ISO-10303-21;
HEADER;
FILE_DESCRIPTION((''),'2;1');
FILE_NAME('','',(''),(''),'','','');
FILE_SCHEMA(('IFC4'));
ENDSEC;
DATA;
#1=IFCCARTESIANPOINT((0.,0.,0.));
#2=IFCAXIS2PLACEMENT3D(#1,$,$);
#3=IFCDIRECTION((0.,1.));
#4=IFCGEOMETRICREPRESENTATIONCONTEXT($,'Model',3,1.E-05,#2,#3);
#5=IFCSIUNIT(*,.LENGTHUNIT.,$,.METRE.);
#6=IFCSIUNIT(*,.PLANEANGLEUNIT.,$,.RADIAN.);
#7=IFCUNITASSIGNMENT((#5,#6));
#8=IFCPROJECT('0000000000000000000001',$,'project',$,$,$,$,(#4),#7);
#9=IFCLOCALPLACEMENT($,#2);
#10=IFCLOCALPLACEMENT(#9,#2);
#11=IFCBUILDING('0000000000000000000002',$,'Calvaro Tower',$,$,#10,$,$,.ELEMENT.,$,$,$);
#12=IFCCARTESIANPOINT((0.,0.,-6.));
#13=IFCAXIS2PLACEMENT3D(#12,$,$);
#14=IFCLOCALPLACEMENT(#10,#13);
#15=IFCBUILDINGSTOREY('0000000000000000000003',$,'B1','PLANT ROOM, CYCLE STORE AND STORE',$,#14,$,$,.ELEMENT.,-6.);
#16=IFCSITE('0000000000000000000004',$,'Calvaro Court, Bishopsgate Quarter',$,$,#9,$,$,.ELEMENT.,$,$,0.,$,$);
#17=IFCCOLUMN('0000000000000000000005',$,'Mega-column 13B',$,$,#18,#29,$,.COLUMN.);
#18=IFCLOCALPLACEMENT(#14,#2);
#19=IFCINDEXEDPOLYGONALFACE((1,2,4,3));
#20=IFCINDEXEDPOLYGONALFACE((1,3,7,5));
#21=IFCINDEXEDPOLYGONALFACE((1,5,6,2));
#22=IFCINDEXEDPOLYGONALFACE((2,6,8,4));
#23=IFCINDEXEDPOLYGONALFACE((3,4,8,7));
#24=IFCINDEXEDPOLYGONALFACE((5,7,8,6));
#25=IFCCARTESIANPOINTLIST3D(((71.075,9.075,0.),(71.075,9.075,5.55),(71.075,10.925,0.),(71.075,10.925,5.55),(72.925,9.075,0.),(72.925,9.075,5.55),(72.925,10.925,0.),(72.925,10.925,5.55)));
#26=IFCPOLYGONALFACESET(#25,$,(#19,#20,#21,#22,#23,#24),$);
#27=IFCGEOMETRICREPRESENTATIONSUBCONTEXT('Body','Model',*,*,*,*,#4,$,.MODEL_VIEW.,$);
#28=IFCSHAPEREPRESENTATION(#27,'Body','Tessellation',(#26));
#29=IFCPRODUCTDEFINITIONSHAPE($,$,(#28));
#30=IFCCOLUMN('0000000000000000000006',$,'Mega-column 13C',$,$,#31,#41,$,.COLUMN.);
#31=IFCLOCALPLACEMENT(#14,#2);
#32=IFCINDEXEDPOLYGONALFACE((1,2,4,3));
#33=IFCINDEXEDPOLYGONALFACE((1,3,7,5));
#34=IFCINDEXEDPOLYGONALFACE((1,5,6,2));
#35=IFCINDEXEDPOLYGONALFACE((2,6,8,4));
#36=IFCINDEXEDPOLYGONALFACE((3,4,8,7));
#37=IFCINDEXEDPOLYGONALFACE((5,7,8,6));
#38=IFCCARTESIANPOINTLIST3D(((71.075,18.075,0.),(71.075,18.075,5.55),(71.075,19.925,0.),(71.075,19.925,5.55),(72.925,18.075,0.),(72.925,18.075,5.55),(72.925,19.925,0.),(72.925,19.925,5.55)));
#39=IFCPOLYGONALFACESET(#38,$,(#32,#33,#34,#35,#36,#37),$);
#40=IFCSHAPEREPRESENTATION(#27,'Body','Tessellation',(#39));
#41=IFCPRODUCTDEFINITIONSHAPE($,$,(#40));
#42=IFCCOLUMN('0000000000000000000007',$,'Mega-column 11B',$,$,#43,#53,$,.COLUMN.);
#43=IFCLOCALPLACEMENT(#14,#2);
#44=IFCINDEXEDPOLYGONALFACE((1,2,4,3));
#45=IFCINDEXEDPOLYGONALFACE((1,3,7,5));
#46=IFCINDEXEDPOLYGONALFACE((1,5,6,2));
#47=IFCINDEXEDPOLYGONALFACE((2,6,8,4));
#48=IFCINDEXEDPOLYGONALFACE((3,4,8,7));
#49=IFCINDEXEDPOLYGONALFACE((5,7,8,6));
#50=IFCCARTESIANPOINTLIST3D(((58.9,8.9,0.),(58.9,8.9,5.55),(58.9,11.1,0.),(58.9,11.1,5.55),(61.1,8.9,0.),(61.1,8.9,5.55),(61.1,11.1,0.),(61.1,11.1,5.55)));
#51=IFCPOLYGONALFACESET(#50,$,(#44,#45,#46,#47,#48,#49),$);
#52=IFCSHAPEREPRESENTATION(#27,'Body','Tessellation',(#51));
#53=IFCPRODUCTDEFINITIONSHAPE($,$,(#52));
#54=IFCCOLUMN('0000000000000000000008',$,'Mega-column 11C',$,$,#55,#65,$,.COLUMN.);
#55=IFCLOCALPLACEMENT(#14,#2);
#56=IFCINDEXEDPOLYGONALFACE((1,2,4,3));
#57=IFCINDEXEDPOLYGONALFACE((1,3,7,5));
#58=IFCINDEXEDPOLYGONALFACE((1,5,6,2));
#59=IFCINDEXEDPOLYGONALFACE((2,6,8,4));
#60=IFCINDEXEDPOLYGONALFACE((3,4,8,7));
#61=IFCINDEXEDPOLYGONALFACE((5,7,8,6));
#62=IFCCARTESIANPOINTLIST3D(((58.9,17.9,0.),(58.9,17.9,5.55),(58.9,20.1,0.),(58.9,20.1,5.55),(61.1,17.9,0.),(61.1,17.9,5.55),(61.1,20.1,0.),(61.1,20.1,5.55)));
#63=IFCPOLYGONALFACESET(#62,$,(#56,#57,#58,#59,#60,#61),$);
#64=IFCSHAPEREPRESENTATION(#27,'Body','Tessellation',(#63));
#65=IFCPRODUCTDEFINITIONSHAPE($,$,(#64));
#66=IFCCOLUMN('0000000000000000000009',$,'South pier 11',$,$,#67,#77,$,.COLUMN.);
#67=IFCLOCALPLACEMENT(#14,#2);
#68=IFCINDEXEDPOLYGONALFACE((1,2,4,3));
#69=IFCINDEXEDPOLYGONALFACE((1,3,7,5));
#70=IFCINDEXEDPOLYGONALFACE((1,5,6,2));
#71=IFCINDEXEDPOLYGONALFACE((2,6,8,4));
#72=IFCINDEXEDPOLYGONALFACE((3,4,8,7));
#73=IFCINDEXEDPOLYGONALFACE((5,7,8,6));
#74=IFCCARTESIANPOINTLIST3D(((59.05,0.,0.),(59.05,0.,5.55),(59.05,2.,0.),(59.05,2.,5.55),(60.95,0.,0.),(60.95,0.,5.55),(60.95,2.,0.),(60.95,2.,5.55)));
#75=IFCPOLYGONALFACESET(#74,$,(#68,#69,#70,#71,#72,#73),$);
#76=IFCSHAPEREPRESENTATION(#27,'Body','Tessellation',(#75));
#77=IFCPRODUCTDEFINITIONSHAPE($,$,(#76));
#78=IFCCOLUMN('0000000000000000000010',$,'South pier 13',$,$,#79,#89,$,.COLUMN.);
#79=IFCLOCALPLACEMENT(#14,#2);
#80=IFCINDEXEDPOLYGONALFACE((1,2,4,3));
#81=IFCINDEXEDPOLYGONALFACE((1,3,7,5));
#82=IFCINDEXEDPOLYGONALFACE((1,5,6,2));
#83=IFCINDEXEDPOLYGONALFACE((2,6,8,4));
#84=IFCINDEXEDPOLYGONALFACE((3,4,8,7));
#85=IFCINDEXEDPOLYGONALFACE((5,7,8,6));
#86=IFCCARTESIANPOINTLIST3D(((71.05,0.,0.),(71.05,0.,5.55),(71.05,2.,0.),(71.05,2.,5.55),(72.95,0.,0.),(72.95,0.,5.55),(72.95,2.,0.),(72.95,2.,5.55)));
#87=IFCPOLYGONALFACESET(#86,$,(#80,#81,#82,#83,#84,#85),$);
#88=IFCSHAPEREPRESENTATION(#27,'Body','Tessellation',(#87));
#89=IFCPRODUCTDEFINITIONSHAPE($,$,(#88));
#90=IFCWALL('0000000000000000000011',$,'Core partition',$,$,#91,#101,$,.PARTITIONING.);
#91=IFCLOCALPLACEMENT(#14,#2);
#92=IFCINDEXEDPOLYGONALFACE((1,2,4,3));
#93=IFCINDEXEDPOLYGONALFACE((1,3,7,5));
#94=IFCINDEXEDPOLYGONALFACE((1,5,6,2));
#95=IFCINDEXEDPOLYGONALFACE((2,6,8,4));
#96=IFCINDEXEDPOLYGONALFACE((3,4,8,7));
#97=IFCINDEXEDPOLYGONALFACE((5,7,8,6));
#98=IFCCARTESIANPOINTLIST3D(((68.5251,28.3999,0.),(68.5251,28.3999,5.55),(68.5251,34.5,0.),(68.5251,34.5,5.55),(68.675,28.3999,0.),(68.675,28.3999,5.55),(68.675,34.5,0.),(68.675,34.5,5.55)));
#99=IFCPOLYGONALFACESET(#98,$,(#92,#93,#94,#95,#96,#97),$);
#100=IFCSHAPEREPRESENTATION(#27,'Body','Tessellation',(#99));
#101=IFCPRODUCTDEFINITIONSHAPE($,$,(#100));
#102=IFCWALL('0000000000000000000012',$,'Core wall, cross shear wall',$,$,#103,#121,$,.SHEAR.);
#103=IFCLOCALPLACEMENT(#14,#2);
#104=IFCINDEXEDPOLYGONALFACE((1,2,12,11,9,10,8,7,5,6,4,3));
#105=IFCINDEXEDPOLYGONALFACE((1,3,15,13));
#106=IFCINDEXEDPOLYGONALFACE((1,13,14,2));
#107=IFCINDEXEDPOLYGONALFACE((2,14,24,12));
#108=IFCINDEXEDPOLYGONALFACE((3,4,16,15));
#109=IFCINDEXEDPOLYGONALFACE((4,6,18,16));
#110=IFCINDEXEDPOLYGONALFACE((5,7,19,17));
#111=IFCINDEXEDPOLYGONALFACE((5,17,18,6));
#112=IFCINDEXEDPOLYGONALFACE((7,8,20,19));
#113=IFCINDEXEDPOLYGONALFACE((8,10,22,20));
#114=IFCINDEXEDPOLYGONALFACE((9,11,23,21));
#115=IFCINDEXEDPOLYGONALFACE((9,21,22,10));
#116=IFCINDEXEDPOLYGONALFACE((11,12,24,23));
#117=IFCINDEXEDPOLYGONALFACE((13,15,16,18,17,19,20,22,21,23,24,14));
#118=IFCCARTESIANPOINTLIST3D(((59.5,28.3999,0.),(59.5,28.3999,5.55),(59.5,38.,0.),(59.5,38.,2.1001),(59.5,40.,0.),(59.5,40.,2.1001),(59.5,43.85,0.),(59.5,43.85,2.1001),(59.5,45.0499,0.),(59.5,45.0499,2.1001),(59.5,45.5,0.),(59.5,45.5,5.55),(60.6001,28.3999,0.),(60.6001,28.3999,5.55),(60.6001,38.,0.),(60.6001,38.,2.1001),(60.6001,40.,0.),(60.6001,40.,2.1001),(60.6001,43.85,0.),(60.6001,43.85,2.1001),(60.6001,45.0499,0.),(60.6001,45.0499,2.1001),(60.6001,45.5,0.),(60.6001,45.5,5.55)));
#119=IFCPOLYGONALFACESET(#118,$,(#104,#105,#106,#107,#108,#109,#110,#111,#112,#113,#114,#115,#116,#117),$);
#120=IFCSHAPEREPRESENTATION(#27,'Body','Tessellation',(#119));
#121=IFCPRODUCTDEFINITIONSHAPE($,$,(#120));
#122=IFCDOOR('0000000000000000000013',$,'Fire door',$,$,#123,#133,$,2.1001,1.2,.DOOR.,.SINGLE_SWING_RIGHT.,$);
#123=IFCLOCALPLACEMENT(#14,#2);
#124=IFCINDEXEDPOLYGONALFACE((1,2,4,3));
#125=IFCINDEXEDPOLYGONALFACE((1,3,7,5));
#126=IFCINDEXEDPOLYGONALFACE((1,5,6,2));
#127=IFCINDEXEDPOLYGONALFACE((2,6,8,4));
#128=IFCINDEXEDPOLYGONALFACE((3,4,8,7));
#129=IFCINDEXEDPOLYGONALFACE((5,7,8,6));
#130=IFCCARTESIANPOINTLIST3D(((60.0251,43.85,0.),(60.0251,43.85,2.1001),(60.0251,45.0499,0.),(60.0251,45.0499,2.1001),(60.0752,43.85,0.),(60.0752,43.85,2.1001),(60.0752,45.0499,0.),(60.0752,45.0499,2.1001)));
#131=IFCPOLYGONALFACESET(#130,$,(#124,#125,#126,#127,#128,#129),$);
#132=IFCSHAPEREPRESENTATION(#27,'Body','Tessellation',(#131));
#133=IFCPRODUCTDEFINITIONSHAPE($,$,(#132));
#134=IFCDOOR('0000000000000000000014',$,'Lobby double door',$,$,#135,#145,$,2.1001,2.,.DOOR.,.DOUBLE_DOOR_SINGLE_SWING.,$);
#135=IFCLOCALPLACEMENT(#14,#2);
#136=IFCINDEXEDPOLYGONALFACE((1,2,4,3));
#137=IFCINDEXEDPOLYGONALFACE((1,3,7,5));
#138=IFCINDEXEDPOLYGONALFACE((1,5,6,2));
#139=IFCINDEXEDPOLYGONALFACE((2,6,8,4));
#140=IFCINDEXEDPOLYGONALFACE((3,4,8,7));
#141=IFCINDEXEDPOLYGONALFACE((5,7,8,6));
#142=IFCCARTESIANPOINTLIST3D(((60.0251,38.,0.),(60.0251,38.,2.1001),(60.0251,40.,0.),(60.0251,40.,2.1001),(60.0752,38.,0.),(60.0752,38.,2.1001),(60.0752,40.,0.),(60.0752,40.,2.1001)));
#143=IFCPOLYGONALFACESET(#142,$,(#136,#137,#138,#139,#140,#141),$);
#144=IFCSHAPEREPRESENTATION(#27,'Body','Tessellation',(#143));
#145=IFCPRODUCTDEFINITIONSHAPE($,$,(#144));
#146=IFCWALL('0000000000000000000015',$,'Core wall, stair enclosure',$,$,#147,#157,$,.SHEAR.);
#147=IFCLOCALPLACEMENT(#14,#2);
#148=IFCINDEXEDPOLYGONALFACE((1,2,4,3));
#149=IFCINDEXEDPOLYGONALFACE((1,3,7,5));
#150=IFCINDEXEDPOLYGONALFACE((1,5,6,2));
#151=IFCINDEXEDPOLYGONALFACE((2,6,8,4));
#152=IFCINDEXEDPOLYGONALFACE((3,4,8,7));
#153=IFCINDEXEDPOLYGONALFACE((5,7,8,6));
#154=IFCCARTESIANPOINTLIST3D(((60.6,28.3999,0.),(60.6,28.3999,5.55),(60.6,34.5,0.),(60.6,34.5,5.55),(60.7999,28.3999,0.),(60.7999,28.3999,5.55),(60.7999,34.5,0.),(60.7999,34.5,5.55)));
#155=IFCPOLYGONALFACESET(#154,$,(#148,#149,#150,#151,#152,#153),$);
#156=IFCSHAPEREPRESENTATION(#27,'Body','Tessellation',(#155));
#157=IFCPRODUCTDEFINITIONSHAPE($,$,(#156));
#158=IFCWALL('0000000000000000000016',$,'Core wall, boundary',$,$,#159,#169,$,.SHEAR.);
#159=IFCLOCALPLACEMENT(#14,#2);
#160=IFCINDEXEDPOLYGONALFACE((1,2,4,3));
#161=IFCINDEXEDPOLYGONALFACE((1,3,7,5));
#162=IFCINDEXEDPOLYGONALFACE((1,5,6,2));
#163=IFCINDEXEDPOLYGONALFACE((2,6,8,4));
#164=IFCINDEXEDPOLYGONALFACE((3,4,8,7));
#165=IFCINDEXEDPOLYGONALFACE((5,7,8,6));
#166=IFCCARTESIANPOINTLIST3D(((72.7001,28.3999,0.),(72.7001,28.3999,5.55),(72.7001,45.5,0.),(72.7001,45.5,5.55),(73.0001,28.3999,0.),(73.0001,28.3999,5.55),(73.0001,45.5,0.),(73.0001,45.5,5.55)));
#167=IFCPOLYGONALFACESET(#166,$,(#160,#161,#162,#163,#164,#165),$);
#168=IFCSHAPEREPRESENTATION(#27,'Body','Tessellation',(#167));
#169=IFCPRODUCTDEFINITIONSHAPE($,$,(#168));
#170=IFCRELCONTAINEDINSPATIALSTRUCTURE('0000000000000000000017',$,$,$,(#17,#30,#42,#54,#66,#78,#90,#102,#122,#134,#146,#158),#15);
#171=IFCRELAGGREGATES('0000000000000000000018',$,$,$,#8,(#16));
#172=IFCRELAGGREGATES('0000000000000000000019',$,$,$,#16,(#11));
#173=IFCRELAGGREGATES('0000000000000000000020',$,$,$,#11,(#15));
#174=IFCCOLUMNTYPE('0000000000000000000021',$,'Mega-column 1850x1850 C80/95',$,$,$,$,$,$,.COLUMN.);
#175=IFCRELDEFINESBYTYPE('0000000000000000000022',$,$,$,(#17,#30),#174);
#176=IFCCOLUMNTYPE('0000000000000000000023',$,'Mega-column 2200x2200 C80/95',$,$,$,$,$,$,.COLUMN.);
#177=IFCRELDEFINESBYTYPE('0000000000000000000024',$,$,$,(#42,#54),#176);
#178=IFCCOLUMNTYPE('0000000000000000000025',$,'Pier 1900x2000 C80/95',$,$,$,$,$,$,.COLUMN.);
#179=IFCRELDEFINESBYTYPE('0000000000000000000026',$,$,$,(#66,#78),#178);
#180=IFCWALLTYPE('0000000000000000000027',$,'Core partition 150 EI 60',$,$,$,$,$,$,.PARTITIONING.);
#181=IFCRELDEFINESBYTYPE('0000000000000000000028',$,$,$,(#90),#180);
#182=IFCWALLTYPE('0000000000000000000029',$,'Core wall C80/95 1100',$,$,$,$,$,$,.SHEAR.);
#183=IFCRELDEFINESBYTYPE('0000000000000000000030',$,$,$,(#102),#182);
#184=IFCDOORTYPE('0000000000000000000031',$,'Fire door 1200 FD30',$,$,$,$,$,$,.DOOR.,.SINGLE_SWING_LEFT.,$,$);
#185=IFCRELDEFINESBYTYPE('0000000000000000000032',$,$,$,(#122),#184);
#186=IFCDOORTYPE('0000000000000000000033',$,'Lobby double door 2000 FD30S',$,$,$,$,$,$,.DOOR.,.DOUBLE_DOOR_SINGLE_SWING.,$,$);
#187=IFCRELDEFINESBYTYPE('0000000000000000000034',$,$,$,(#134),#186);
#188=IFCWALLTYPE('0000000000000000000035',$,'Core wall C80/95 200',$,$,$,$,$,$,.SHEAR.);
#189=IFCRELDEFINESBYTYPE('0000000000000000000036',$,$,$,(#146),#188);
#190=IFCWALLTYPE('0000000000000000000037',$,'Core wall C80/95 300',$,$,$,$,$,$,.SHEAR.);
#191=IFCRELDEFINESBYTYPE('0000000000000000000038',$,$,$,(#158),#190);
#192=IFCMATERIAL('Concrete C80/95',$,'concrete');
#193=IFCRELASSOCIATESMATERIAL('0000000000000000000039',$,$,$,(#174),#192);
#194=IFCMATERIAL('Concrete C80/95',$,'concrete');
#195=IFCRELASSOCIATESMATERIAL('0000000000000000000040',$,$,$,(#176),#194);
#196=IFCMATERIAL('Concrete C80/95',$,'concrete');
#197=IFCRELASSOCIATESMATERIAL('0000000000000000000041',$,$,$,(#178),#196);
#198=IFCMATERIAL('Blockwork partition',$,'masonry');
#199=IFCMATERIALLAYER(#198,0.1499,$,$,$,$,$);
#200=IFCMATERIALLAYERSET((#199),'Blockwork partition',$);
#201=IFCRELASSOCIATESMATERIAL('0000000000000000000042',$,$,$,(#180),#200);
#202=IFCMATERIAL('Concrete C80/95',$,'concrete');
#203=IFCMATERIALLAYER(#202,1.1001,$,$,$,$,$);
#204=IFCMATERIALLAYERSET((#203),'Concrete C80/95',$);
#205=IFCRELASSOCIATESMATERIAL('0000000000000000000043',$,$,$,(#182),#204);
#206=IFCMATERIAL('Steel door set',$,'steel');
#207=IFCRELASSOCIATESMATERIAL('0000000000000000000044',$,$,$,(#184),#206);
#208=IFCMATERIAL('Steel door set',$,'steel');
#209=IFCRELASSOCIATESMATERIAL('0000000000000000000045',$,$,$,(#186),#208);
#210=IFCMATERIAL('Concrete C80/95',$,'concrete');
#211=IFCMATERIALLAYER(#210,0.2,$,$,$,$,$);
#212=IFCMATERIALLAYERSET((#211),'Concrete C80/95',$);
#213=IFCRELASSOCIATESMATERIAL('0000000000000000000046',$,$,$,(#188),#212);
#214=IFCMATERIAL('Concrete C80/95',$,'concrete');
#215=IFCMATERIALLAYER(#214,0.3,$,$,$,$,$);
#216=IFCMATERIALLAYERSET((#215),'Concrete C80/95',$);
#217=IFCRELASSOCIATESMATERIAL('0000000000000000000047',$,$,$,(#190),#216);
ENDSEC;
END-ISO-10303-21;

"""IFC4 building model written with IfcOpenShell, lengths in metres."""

from ifc_helpers import new_model, si_unit, direction, frame, frame_2d, origin, origin_2d, place, context, subcontext, project, spatial, rectangle, extrude, material, layer, layer_set, material_profile, profile_set, type_object, element, fill, save


model = new_model("IFC4")

# Units and contexts
model_context = context("Model", 3, precision=1e-05, world=origin(), true_north=direction((0.0, 1.0)))
body_context = subcontext(model_context, "Body", "Model", "MODEL_VIEW")
ifc_project = project(units=[si_unit("LENGTHUNIT", "METRE"), si_unit("PLANEANGLEUNIT", "RADIAN")], contexts=[model_context])

# Site, building, storey
site_placement = place(None, origin())
site = spatial("IfcSite", under=ifc_project, at=site_placement, Name="Calvaro Court, Bishopsgate Quarter", CompositionType="ELEMENT", RefElevation=0.0)
building_placement = place(site_placement, origin())
building = spatial("IfcBuilding", under=site, at=building_placement, Name="Calvaro Tower", CompositionType="ELEMENT")
storey_placement = place(building_placement, frame((0.0, 0.0, -6.0)))
storey = spatial("IfcBuildingStorey", under=building, at=storey_placement, Name="B1", Description="PLANT ROOM, CYCLE STORE AND STORE", CompositionType="ELEMENT", Elevation=-6.0)

# Columns
ifc_material_1 = material(Name="Concrete C80/95", Category="concrete")
ifc_material_profile_1 = material_profile(ifc_material_1, rectangle(XDim=1.8501, YDim=1.8501, at=origin_2d()), Name="RC 1850x1850")
ifc_profile_set_1 = profile_set([ifc_material_profile_1], Name="Concrete C80/95")
column_type_1 = type_object("IfcColumnType", Name="Mega-column 1850x1850 C80/95", PredefinedType="COLUMN", material=ifc_profile_set_1)
for number, where, z_axis, x_axis, name in (
    (1, (72.0, 10.0, 0.0), (0.0, 0.0, 1.0), (1.0, 0.0, 0.0), "Mega-column 13B"),
    (2, (72.0, 19.0, 0.0), (0.0, 0.0, 1.0), (1.0, 0.0, 0.0), "Mega-column 13C"),
):
    element("IfcColumn", number, at=place(storey_placement, frame(where, z_axis=z_axis, x_axis=x_axis)), inside=storey, type_object=column_type_1, Name=name, PredefinedType="COLUMN", context=body_context, shape_type="SweptSolid", body=[
        extrude(rectangle(XDim=1.8501, YDim=1.8501, at=origin_2d()), origin(), (0.0, 0.0, 1.0), 5.55),
    ])
ifc_material_2 = material(Name="Concrete C80/95", Category="concrete")
ifc_material_profile_2 = material_profile(ifc_material_2, rectangle(XDim=2.2, YDim=2.2, at=origin_2d()), Name="RC 2200x2200")
ifc_profile_set_2 = profile_set([ifc_material_profile_2], Name="Concrete C80/95")
column_type_2 = type_object("IfcColumnType", Name="Mega-column 2200x2200 C80/95", PredefinedType="COLUMN", material=ifc_profile_set_2)
for number, where, z_axis, x_axis, name in (
    (3, (60.0, 10.0, 0.0), (0.0, 0.0, 1.0), (1.0, 0.0, 0.0), "Mega-column 11B"),
    (4, (60.0, 19.0, 0.0), (0.0, 0.0, 1.0), (1.0, 0.0, 0.0), "Mega-column 11C"),
):
    element("IfcColumn", number, at=place(storey_placement, frame(where, z_axis=z_axis, x_axis=x_axis)), inside=storey, type_object=column_type_2, Name=name, PredefinedType="COLUMN", context=body_context, shape_type="SweptSolid", body=[
        extrude(rectangle(XDim=2.2, YDim=2.2, at=origin_2d()), origin(), (0.0, 0.0, 1.0), 5.55),
    ])
ifc_material_3 = material(Name="Concrete C80/95", Category="concrete")
ifc_material_profile_3 = material_profile(ifc_material_3, rectangle(XDim=1.8999, YDim=2.0, at=origin_2d()), Name="RC 1900x2000")
ifc_profile_set_3 = profile_set([ifc_material_profile_3], Name="Concrete C80/95")
column_type_3 = type_object("IfcColumnType", Name="Pier 1900x2000 C80/95", PredefinedType="COLUMN", material=ifc_profile_set_3)
for number, where, z_axis, x_axis, name in (
    (5, (60.0, 1.0, 0.0), (0.0, 0.0, 1.0), (1.0, 0.0, 0.0), "South pier 11"),
    (6, (72.0, 1.0, 0.0), (0.0, 0.0, 1.0), (1.0, 0.0, 0.0), "South pier 13"),
):
    element("IfcColumn", number, at=place(storey_placement, frame(where, z_axis=z_axis, x_axis=x_axis)), inside=storey, type_object=column_type_3, Name=name, PredefinedType="COLUMN", context=body_context, shape_type="SweptSolid", body=[
        extrude(rectangle(XDim=1.8999, YDim=2.0, at=origin_2d()), origin(), (0.0, 0.0, 1.0), 5.55),
    ])

# Wall
ifc_material_4 = material(Name="Blockwork partition", Category="masonry")
ifc_layer_1 = layer(ifc_material_4, 0.1499)
ifc_layer_set_1 = layer_set([ifc_layer_1], Name="Blockwork partition")
wall_type_1 = type_object("IfcWallType", Name="Core partition 150 EI 60", PredefinedType="PARTITIONING", material=ifc_layer_set_1)
wall_1_placement = place(storey_placement, frame((68.6001, 28.3999, 0.0), z_axis=(0.0, 0.0, 1.0), x_axis=(0.0, 1.0, 0.0)))
element("IfcWall", 7, at=wall_1_placement, inside=storey, type_object=wall_type_1, Name="Core partition", PredefinedType="PARTITIONING", context=body_context, shape_type="SweptSolid", body=[
    extrude(rectangle(XDim=6.1001, YDim=0.1499, at=frame_2d((3.05, 0.0))), origin(), (0.0, 0.0, 1.0), 5.55),
])

# Wall, openings, doors
ifc_material_5 = material(Name="Concrete C80/95", Category="concrete")
ifc_layer_2 = layer(ifc_material_5, 1.1001)
ifc_layer_set_2 = layer_set([ifc_layer_2], Name="Concrete C80/95")
wall_type_2 = type_object("IfcWallType", Name="Core wall C80/95 1100", PredefinedType="SHEAR", material=ifc_layer_set_2)
wall_2_placement = place(storey_placement, frame((60.05, 28.3999, 0.0), z_axis=(0.0, 0.0, 1.0), x_axis=(0.0, 1.0, 0.0)))
wall_2 = element("IfcWall", 8, at=wall_2_placement, inside=storey, type_object=wall_type_2, Name="Core wall, cross shear wall", PredefinedType="SHEAR", context=body_context, shape_type="SweptSolid", body=[
    extrude(rectangle(XDim=17.1001, YDim=1.1001, at=frame_2d((8.55, 0.0))), origin(), (0.0, 0.0, 1.0), 5.55),
])
opening_1_placement = place(wall_2_placement, frame((9.6001, 0.0, 0.0)))
opening_1 = element("IfcOpeningElement", 9, at=opening_1_placement, cuts=wall_2, PredefinedType="OPENING", context=body_context, shape_type="SweptSolid", body=[
    extrude(rectangle(XDim=2.0, YDim=2.1001, at=frame_2d((1.0, 1.05))), frame((0.0, 0.5601, 0.0), z_axis=(0.0, -1.0, 0.0), x_axis=(1.0, 0.0, 0.0)), (0.0, 0.0, 1.0), 1.1201),
])
opening_2_placement = place(wall_2_placement, frame((15.45, 0.0, 0.0)))
opening_2 = element("IfcOpeningElement", 10, at=opening_2_placement, cuts=wall_2, PredefinedType="OPENING", context=body_context, shape_type="SweptSolid", body=[
    extrude(rectangle(XDim=1.2, YDim=2.1001, at=frame_2d((0.6001, 1.05))), frame((0.0, 0.5601, 0.0), z_axis=(0.0, -1.0, 0.0), x_axis=(1.0, 0.0, 0.0)), (0.0, 0.0, 1.0), 1.1201),
])
ifc_material_6 = material(Name="Steel door set", Category="steel")
door_type_1 = type_object("IfcDoorType", Name="Fire door 1200 FD30", OperationType="SINGLE_SWING_LEFT", PredefinedType="DOOR", material=ifc_material_6)
door_1_placement = place(opening_2_placement, origin())
door_1 = element("IfcDoor", 11, at=door_1_placement, inside=storey, type_object=door_type_1, Name="Fire door", OperationType="SINGLE_SWING_RIGHT", OverallHeight=2.1001, OverallWidth=1.2, PredefinedType="DOOR", context=body_context, shape_type="SweptSolid", body=[
    extrude(rectangle(XDim=1.2, YDim=2.1001, at=frame_2d((0.6001, 1.05))), frame((0.0, 0.0249, 0.0), z_axis=(0.0, -1.0, 0.0), x_axis=(1.0, 0.0, 0.0)), (0.0, 0.0, 1.0), 0.05),
])
fill(opening_2, door_1)
ifc_material_7 = material(Name="Steel door set", Category="steel")
door_type_2 = type_object("IfcDoorType", Name="Lobby double door 2000 FD30S", OperationType="DOUBLE_DOOR_SINGLE_SWING", PredefinedType="DOOR", material=ifc_material_7)
door_2_placement = place(opening_1_placement, origin())
door_2 = element("IfcDoor", 12, at=door_2_placement, inside=storey, type_object=door_type_2, Name="Lobby double door", OperationType="DOUBLE_DOOR_SINGLE_SWING", OverallHeight=2.1001, OverallWidth=2.0, PredefinedType="DOOR", context=body_context, shape_type="SweptSolid", body=[
    extrude(rectangle(XDim=2.0, YDim=2.1001, at=frame_2d((1.0, 1.05))), frame((0.0, 0.0249, 0.0), z_axis=(0.0, -1.0, 0.0), x_axis=(1.0, 0.0, 0.0)), (0.0, 0.0, 1.0), 0.05),
])
fill(opening_1, door_2)

# Walls
ifc_material_8 = material(Name="Concrete C80/95", Category="concrete")
ifc_layer_3 = layer(ifc_material_8, 0.2)
ifc_layer_set_3 = layer_set([ifc_layer_3], Name="Concrete C80/95")
wall_type_3 = type_object("IfcWallType", Name="Core wall C80/95 200", PredefinedType="SHEAR", material=ifc_layer_set_3)
wall_3_placement = place(storey_placement, frame((60.7, 28.3999, 0.0), z_axis=(0.0, 0.0, 1.0), x_axis=(0.0, 1.0, 0.0)))
element("IfcWall", 13, at=wall_3_placement, inside=storey, type_object=wall_type_3, Name="Core wall, stair enclosure", PredefinedType="SHEAR", context=body_context, shape_type="SweptSolid", body=[
    extrude(rectangle(XDim=6.1001, YDim=0.2, at=frame_2d((3.05, 0.0))), origin(), (0.0, 0.0, 1.0), 5.55),
])
ifc_material_9 = material(Name="Concrete C80/95", Category="concrete")
ifc_layer_4 = layer(ifc_material_9, 0.3)
ifc_layer_set_4 = layer_set([ifc_layer_4], Name="Concrete C80/95")
wall_type_4 = type_object("IfcWallType", Name="Core wall C80/95 300", PredefinedType="SHEAR", material=ifc_layer_set_4)
wall_4_placement = place(storey_placement, frame((72.8501, 28.3999, 0.0), z_axis=(0.0, 0.0, 1.0), x_axis=(0.0, 1.0, 0.0)))
element("IfcWall", 14, at=wall_4_placement, inside=storey, type_object=wall_type_4, Name="Core wall, boundary", PredefinedType="SHEAR", context=body_context, shape_type="SweptSolid", body=[
    extrude(rectangle(XDim=17.1001, YDim=0.3, at=frame_2d((8.55, 0.0))), origin(), (0.0, 0.0, 1.0), 5.55),
])

save(model, "model.ifc")
